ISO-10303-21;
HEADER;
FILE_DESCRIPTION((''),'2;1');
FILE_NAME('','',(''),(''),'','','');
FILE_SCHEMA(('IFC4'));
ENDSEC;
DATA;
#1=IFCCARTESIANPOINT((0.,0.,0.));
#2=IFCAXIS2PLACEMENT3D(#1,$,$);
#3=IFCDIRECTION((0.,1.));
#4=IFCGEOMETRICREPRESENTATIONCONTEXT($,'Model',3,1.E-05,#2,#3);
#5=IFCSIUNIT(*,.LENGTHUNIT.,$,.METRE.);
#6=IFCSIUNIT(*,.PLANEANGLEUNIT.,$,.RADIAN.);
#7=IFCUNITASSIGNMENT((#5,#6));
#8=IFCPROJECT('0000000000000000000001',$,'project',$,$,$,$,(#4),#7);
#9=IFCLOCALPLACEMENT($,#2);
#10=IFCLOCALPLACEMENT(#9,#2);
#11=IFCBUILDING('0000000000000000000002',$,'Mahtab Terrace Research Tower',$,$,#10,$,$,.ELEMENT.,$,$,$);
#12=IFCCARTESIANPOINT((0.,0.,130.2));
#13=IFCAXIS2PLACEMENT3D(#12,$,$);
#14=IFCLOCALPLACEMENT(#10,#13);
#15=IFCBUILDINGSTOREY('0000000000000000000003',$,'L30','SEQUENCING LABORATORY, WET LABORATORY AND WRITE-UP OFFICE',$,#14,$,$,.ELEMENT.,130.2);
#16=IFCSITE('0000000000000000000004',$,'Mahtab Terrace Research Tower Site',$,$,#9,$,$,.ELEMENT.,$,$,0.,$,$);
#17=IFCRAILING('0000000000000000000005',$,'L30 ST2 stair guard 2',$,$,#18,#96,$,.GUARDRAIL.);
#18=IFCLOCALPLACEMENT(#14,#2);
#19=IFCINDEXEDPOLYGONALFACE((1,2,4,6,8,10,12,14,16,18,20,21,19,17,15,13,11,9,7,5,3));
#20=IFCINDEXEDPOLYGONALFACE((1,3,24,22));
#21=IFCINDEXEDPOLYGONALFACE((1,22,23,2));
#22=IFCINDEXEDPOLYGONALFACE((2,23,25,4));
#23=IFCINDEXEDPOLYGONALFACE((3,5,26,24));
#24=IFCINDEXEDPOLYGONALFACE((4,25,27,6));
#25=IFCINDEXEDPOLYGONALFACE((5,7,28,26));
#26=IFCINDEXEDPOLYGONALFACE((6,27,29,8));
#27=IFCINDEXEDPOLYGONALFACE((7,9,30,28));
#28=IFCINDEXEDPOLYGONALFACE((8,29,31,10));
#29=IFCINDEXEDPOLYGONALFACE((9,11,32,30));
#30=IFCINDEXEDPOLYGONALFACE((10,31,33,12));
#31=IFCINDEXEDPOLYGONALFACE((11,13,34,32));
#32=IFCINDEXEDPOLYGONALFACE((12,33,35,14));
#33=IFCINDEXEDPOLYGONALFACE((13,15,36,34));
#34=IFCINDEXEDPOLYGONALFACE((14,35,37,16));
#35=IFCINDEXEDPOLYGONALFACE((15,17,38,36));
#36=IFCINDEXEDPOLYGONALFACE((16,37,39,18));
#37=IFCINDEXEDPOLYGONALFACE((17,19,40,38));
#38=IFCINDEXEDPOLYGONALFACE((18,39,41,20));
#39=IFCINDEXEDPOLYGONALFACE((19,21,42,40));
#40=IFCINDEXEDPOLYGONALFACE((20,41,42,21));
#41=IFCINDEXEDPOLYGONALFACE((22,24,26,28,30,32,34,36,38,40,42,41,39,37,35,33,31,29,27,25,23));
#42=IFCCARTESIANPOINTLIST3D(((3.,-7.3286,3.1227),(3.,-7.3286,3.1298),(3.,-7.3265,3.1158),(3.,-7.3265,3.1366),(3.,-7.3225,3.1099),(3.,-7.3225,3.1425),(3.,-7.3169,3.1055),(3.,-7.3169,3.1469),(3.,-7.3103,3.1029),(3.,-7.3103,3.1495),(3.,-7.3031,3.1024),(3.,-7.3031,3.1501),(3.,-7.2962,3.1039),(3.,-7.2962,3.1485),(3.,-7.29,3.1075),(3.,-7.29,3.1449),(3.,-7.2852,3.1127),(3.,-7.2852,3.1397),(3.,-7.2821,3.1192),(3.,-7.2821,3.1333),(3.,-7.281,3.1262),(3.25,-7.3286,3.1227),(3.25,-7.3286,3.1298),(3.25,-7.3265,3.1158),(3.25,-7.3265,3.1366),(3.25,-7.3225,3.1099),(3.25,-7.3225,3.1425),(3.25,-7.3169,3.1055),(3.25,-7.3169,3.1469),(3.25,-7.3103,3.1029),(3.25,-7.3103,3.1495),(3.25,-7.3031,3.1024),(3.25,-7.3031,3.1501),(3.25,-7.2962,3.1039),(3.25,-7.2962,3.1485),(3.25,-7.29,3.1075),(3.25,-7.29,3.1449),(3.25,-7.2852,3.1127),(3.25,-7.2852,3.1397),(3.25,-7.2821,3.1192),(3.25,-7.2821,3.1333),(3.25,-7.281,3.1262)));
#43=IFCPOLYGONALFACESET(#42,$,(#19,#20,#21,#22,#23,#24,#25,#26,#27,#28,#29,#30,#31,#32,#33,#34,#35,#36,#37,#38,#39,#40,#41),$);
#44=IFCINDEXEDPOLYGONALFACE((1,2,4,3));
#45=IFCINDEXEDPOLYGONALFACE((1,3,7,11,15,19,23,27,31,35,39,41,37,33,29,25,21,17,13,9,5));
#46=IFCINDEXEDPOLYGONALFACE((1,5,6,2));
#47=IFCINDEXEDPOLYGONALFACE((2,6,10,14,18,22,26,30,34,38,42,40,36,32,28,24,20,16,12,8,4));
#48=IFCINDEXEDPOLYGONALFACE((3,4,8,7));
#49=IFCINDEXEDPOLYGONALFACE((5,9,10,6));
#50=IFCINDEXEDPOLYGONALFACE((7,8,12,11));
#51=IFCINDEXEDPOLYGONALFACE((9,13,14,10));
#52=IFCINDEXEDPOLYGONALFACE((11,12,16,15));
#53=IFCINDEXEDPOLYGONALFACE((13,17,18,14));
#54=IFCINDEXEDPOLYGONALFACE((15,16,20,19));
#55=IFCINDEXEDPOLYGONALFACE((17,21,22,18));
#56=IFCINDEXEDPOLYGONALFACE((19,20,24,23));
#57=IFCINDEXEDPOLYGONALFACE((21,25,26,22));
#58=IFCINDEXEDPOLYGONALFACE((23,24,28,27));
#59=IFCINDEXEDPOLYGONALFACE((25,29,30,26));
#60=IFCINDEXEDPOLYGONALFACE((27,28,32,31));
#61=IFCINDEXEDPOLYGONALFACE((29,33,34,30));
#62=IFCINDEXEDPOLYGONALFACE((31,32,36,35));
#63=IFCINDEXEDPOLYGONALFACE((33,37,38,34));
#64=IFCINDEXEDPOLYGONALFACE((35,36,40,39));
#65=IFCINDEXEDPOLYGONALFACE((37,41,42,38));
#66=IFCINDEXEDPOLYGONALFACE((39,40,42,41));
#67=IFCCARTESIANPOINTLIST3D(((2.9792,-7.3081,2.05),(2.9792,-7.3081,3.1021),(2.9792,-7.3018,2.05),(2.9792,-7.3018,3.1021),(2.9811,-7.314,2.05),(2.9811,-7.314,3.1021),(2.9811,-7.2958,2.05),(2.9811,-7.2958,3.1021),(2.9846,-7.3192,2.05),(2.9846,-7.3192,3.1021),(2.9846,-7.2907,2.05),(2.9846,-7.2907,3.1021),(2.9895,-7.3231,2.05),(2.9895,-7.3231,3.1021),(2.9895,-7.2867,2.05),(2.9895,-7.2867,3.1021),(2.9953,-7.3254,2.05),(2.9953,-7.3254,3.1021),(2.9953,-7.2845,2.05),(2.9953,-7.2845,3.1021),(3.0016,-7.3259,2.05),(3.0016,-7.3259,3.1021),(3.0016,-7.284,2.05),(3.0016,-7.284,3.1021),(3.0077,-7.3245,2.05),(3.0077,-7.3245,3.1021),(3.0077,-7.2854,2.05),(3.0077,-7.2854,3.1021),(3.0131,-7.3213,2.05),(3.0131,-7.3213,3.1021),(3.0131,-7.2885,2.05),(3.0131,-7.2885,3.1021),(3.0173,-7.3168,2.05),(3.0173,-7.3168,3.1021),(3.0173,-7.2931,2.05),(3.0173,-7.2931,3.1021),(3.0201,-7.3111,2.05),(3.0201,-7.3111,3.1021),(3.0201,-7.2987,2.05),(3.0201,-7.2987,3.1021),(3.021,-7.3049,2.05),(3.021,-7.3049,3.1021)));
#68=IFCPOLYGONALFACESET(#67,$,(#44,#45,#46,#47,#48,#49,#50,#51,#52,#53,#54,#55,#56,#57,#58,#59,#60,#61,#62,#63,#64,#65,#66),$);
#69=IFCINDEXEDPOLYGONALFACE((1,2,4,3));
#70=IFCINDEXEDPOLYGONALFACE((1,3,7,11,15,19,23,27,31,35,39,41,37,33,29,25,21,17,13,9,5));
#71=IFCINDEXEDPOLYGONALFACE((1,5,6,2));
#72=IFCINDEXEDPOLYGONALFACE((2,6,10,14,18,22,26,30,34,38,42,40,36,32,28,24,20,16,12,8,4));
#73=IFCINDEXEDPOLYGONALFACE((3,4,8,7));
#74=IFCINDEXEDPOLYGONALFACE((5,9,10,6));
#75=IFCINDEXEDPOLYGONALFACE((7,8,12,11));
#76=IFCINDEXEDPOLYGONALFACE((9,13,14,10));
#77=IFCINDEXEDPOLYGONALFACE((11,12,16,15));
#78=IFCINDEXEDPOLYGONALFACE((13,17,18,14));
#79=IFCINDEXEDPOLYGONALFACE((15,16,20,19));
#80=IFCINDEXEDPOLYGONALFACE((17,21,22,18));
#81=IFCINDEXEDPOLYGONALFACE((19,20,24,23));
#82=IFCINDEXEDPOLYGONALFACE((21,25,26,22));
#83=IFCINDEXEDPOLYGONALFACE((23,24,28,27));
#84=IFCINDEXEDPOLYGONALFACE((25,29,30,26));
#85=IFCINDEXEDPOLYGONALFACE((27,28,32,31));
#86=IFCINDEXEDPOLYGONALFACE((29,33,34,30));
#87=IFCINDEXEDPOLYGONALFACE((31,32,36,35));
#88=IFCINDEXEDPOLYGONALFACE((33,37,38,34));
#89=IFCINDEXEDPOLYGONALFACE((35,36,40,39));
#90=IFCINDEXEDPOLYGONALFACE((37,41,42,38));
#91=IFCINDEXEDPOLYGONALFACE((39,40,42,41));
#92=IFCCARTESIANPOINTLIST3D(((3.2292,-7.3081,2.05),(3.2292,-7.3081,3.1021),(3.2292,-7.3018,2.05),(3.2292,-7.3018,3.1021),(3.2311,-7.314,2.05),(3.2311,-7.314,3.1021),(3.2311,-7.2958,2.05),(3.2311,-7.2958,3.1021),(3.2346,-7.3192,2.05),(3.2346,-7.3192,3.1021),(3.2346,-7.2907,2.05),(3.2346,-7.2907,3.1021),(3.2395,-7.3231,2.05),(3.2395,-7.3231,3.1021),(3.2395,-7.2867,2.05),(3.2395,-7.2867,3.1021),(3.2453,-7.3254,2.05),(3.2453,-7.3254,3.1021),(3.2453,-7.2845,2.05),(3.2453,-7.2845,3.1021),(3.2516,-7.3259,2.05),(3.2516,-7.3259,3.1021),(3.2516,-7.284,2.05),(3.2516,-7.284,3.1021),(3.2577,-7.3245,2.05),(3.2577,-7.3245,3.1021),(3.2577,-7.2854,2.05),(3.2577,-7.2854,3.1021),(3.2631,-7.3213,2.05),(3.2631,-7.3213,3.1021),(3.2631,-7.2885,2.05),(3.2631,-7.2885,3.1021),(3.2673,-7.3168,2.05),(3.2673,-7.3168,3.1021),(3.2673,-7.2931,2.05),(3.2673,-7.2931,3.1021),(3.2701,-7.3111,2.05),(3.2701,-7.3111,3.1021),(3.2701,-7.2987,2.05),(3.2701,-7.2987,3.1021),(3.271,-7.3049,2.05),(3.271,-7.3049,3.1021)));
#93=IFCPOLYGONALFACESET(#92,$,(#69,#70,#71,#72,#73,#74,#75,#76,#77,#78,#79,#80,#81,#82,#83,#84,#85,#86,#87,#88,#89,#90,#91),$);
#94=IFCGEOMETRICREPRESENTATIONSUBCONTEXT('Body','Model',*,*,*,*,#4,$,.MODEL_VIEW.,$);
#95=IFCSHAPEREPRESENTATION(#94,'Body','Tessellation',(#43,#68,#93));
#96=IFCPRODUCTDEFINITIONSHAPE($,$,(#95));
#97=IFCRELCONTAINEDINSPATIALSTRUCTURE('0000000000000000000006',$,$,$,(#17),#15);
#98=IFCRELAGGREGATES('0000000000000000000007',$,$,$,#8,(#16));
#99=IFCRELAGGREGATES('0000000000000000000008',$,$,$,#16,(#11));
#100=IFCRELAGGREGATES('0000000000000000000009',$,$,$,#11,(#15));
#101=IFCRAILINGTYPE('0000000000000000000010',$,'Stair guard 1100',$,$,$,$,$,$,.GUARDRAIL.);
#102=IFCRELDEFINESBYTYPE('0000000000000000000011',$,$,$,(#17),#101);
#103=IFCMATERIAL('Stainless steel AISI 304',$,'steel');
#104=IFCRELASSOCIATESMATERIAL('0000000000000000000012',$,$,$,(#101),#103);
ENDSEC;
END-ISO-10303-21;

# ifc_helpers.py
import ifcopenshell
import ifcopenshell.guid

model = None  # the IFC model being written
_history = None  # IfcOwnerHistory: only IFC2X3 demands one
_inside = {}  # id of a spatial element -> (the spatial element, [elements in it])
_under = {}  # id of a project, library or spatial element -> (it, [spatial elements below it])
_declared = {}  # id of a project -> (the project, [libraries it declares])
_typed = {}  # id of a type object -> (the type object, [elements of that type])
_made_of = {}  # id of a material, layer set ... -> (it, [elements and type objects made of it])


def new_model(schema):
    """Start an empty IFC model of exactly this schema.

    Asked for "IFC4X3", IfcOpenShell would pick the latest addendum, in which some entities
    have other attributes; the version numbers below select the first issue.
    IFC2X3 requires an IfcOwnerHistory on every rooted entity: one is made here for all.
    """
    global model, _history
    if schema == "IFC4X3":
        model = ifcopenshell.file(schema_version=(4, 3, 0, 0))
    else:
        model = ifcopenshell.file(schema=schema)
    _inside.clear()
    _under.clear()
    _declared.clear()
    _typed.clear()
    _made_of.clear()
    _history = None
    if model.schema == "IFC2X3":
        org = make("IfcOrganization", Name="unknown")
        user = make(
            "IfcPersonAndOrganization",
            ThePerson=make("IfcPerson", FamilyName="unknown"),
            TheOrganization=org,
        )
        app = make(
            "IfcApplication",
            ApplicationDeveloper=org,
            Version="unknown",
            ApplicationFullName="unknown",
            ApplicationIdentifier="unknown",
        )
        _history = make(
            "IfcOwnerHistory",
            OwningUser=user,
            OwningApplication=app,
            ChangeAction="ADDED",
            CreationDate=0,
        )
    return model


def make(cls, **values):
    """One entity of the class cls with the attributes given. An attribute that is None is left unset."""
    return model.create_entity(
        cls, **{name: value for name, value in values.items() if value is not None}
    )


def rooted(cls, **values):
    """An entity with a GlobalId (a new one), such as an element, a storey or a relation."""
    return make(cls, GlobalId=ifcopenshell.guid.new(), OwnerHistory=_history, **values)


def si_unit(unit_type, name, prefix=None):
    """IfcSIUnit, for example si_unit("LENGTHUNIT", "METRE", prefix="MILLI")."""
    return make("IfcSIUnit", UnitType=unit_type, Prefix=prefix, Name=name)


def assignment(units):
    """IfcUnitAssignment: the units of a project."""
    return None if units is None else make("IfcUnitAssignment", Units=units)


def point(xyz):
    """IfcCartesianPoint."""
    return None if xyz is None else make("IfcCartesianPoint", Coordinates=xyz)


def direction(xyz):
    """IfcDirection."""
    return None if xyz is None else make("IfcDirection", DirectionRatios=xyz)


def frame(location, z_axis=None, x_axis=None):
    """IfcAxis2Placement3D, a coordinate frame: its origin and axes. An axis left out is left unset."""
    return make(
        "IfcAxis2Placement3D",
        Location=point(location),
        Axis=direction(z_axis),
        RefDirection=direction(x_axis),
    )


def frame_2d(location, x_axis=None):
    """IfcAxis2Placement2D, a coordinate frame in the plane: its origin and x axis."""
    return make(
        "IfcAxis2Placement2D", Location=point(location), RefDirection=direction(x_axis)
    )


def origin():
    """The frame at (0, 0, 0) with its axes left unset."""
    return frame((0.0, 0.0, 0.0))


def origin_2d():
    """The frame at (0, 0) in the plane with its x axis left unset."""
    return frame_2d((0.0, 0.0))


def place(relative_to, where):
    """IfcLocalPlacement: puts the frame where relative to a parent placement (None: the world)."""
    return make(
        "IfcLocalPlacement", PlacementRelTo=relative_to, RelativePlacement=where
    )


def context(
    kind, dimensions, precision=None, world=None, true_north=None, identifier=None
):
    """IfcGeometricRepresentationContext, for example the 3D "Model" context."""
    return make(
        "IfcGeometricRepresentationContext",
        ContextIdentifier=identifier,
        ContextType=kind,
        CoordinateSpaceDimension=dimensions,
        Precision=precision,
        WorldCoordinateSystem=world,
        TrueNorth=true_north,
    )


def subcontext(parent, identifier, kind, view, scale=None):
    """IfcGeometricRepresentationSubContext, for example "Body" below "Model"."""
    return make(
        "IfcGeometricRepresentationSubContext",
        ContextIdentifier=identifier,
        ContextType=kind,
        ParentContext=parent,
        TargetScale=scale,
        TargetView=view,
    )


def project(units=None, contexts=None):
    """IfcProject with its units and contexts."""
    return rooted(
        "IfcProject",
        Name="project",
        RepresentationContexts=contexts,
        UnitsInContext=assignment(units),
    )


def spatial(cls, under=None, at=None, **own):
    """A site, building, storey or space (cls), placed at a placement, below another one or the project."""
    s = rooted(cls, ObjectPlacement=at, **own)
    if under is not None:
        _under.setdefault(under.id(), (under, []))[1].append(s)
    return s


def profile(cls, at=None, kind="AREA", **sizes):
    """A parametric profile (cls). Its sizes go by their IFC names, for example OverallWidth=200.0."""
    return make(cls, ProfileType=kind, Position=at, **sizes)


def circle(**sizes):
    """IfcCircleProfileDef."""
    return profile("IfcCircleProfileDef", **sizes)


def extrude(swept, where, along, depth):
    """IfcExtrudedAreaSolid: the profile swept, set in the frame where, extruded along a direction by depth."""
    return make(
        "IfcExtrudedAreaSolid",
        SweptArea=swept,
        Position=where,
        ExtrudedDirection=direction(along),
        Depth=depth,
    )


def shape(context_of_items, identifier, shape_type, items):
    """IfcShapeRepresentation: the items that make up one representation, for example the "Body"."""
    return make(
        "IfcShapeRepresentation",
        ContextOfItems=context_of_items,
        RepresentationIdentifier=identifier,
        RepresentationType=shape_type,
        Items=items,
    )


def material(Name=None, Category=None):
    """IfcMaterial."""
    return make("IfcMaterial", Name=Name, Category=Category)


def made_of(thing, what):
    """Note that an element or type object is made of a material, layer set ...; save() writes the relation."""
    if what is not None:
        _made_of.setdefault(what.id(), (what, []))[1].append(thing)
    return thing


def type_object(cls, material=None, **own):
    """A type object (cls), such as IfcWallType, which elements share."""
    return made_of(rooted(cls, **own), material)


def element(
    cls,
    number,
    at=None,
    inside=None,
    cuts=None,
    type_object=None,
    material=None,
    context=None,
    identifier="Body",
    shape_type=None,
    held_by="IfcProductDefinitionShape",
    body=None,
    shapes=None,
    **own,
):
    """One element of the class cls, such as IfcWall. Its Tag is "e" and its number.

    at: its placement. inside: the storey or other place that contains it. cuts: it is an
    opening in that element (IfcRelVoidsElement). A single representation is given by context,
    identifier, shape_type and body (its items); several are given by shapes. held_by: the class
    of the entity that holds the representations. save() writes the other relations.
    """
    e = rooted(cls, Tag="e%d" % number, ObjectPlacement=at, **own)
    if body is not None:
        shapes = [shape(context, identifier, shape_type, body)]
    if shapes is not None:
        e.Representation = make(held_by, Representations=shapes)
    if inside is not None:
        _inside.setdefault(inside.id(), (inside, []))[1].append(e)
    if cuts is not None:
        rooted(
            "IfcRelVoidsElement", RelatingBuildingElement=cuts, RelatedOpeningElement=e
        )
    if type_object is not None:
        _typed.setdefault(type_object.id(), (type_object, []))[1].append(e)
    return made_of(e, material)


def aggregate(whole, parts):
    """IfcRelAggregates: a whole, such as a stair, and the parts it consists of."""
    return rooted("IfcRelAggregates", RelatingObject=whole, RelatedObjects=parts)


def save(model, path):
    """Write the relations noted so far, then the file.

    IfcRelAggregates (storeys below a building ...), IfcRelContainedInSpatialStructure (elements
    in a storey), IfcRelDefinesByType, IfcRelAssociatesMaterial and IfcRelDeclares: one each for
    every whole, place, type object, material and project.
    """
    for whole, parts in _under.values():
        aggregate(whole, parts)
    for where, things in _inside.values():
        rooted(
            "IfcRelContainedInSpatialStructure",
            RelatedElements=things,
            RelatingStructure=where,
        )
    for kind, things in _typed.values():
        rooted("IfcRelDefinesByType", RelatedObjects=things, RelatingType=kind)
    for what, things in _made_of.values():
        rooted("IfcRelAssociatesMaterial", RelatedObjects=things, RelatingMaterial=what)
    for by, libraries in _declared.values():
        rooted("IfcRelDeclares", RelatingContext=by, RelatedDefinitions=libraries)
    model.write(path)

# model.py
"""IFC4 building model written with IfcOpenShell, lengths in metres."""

from ifc_helpers import new_model, si_unit, direction, frame, origin, origin_2d, place, context, subcontext, project, spatial, circle, extrude, material, type_object, element, save


model = new_model("IFC4")

# Units and contexts
model_context = context("Model", 3, precision=1e-05, world=origin(), true_north=direction((0.0, 1.0)))
body_context = subcontext(model_context, "Body", "Model", "MODEL_VIEW")
ifc_project = project(units=[si_unit("LENGTHUNIT", "METRE"), si_unit("PLANEANGLEUNIT", "RADIAN")], contexts=[model_context])

# Site, building, storey
site_placement = place(None, origin())
site = spatial("IfcSite", under=ifc_project, at=site_placement, Name="Mahtab Terrace Research Tower Site", CompositionType="ELEMENT", RefElevation=0.0)
building_placement = place(site_placement, origin())
building = spatial("IfcBuilding", under=site, at=building_placement, Name="Mahtab Terrace Research Tower", CompositionType="ELEMENT")
storey_placement = place(building_placement, frame((0.0, 0.0, 130.2)))
storey = spatial("IfcBuildingStorey", under=building, at=storey_placement, Name="L30", Description="SEQUENCING LABORATORY, WET LABORATORY AND WRITE-UP OFFICE", CompositionType="ELEMENT", Elevation=130.2)

# Railing
ifc_material_1 = material(Name="Stainless steel AISI 304", Category="steel")
railing_type_1 = type_object("IfcRailingType", Name="Stair guard 1100", PredefinedType="GUARDRAIL", material=ifc_material_1)
railing_1_placement = place(storey_placement, frame((3.0, -7.3049, 2.05)))
element("IfcRailing", 1, at=railing_1_placement, inside=storey, type_object=railing_type_1, Name="L30 ST2 stair guard 2", PredefinedType="GUARDRAIL", context=body_context, shape_type="SweptSolid", body=[
    extrude(circle(Radius=0.0239, at=origin_2d()), frame((0.0, 0.0, 1.0762), z_axis=(1.0, 0.0, 0.0), x_axis=(0.0, 1.0, 0.0)), (0.0, 0.0, 1.0), 0.25),
    extrude(circle(Radius=0.021, at=origin_2d()), origin(), (0.0, 0.0, 1.0), 1.052),
    extrude(circle(Radius=0.021, at=origin_2d()), frame((0.25, 0.0, 0.0)), (0.0, 0.0, 1.0), 1.052),
])

save(model, "model.ifc")
